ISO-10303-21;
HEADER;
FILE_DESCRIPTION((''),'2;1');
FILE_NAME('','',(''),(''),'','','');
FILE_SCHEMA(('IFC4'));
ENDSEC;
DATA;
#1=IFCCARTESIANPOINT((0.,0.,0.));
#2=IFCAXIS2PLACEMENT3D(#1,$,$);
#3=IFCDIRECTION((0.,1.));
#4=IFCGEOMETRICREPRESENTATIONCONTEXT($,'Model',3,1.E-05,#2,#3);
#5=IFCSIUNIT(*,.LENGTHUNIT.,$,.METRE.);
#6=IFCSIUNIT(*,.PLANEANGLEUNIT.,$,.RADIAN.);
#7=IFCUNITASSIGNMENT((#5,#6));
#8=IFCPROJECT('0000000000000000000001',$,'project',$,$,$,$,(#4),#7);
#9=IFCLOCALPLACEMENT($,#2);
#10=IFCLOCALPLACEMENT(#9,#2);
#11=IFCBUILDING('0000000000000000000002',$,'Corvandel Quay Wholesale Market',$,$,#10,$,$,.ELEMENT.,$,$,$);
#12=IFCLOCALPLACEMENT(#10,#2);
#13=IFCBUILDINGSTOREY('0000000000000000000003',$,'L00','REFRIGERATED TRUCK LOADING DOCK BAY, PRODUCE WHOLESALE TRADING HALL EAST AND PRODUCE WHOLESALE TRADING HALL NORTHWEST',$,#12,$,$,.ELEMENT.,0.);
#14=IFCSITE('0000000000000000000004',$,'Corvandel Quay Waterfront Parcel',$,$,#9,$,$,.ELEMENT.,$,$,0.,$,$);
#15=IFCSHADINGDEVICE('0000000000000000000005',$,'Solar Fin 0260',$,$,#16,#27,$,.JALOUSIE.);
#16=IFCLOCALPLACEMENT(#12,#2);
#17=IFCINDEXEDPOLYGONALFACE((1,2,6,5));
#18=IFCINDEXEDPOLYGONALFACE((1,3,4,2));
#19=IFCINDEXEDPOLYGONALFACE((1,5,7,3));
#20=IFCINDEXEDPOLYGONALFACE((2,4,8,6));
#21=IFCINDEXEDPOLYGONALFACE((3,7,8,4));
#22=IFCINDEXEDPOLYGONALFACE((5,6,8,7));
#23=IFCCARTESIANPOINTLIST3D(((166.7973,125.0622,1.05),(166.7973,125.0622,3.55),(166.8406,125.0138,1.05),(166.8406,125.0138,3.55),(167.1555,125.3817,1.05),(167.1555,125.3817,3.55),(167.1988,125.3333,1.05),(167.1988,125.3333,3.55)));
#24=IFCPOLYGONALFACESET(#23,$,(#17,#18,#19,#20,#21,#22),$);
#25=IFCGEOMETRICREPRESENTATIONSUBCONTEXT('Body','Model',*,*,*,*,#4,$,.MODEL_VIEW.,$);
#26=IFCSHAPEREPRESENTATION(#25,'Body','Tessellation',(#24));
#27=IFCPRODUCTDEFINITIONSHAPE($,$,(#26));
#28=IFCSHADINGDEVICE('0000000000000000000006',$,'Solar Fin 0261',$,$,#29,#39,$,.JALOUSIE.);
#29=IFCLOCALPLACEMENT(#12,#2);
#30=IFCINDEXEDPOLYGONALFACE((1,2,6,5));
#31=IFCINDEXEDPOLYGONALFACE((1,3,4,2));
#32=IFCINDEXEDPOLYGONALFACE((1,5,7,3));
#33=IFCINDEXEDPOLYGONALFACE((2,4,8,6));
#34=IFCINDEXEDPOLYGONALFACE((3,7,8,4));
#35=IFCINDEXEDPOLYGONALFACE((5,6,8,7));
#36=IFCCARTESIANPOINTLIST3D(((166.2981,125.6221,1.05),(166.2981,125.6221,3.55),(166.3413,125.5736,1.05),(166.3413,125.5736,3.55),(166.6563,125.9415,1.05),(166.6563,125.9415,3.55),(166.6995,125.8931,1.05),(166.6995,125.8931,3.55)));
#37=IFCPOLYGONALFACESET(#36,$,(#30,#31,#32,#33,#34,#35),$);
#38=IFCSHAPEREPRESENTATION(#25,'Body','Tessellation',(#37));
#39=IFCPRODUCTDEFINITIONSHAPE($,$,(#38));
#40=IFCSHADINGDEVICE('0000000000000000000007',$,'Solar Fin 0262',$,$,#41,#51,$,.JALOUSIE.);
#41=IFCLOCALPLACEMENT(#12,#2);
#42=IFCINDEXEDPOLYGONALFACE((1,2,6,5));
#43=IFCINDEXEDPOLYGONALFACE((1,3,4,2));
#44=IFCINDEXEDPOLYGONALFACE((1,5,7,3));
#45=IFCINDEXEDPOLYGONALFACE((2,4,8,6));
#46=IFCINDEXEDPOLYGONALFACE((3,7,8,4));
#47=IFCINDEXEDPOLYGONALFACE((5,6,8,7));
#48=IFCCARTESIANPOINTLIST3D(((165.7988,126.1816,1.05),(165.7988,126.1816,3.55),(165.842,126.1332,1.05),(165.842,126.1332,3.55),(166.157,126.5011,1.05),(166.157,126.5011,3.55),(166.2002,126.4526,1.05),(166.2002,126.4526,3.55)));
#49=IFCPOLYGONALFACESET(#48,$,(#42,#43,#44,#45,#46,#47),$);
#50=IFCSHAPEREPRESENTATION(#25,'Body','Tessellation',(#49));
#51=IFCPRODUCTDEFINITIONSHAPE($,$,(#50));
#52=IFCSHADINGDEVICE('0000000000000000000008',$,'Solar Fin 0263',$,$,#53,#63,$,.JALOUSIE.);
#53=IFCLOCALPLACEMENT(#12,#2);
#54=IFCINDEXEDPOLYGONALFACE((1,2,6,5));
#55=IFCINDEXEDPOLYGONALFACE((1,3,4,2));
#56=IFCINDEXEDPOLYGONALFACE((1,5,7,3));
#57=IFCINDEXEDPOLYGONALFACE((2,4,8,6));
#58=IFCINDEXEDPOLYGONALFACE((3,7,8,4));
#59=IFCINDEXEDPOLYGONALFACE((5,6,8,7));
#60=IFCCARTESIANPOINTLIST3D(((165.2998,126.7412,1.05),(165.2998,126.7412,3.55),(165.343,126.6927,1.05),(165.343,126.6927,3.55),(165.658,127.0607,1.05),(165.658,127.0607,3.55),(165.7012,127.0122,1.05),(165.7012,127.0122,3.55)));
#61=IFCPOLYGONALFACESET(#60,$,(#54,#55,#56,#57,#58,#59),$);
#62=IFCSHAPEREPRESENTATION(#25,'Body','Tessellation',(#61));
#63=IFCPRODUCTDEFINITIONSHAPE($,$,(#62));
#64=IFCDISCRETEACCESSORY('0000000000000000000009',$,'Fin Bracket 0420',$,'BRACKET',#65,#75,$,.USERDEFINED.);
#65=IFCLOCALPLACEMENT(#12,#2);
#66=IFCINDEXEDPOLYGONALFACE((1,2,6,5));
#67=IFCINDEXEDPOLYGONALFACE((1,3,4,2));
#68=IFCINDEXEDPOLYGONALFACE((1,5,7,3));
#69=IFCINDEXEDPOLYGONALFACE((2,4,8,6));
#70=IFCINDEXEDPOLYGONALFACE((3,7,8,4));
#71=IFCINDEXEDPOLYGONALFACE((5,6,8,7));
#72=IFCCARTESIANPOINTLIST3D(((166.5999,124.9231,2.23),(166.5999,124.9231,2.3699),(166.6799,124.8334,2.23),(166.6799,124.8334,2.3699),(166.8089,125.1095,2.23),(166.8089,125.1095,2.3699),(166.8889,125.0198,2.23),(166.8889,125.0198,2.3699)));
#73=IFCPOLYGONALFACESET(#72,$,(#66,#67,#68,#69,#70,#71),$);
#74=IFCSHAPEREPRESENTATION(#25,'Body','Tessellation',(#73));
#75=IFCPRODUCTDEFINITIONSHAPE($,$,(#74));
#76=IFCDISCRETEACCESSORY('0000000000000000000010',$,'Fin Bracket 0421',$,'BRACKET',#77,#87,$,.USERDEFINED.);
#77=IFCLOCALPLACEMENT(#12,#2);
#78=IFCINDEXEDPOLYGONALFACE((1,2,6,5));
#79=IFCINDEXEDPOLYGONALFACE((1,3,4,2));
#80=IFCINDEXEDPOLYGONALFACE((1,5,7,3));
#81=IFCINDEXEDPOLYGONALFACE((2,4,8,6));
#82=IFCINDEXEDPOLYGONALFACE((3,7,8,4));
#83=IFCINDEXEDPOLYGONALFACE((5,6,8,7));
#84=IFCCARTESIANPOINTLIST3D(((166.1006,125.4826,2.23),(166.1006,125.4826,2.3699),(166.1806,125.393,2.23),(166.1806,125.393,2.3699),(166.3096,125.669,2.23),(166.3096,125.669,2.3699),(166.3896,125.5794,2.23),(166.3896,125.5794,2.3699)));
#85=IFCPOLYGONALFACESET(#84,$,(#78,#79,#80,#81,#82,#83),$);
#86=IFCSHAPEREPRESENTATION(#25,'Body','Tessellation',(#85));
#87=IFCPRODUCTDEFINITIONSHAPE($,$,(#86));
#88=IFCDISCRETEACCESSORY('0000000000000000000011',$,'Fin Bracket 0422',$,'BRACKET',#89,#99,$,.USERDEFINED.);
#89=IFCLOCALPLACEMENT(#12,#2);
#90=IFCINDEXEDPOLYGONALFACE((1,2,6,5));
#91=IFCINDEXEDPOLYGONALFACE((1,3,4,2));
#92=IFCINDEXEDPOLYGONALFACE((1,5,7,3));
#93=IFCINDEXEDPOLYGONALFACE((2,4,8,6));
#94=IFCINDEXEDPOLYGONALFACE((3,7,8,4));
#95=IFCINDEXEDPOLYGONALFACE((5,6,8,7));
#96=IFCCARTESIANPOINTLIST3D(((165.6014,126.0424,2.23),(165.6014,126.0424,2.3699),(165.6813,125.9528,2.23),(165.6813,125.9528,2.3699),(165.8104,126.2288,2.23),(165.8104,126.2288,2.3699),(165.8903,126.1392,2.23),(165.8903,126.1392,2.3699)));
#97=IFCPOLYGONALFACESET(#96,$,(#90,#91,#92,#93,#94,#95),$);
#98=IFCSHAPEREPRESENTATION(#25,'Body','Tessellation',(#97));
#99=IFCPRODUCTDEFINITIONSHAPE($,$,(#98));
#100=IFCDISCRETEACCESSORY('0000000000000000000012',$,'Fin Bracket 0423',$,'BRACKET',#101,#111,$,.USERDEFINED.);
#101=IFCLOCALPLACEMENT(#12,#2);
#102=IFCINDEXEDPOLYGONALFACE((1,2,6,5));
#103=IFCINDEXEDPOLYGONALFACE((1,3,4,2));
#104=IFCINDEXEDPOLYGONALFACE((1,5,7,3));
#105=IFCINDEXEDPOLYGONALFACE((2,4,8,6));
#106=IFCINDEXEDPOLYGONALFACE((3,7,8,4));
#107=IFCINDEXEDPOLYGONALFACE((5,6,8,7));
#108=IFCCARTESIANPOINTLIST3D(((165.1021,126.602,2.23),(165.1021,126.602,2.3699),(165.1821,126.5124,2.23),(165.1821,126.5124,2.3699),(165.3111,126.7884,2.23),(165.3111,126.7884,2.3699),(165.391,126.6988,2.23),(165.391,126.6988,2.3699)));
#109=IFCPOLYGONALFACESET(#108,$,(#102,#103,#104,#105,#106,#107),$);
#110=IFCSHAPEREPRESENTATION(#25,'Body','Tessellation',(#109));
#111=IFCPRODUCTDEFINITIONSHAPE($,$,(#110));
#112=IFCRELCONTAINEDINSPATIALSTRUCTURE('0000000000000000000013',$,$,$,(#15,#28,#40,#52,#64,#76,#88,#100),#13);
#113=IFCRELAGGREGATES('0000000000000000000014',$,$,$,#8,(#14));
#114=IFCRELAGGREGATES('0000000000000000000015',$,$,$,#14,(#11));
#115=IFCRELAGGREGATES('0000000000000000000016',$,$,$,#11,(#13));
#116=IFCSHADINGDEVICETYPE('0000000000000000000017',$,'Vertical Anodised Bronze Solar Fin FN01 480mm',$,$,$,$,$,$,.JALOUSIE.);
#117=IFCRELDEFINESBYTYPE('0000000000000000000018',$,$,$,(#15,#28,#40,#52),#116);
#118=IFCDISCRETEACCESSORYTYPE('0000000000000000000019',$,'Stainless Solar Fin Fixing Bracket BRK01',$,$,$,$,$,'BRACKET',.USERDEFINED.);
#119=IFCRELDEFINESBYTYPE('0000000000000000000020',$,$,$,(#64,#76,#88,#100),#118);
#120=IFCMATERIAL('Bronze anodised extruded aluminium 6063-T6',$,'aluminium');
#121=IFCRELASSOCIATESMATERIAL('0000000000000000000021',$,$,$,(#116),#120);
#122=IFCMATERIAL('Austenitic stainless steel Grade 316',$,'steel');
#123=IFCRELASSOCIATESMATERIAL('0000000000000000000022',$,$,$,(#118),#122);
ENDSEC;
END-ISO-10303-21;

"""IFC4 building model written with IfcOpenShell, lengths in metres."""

from ifc_helpers import new_model, si_unit, direction, frame, origin, origin_2d, place, context, subcontext, project, spatial, rectangle, extrude, material, type_object, element, save


model = new_model("IFC4")

# Units and contexts
model_context = context("Model", 3, precision=1e-05, world=origin(), true_north=direction((0.0, 1.0)))
body_context = subcontext(model_context, "Body", "Model", "MODEL_VIEW")
ifc_project = project(units=[si_unit("LENGTHUNIT", "METRE"), si_unit("PLANEANGLEUNIT", "RADIAN")], contexts=[model_context])

# Site, building, storey
site_placement = place(None, origin())
site = spatial("IfcSite", under=ifc_project, at=site_placement, Name="Corvandel Quay Waterfront Parcel", CompositionType="ELEMENT", RefElevation=0.0)
building_placement = place(site_placement, origin())
building = spatial("IfcBuilding", under=site, at=building_placement, Name="Corvandel Quay Wholesale Market", CompositionType="ELEMENT")
storey_placement = place(building_placement, origin())
storey = spatial("IfcBuildingStorey", under=building, at=storey_placement, Name="L00", Description="REFRIGERATED TRUCK LOADING DOCK BAY, PRODUCE WHOLESALE TRADING HALL EAST AND PRODUCE WHOLESALE TRADING HALL NORTHWEST", CompositionType="ELEMENT", Elevation=0.0)

# Shading devices
ifc_material_1 = material(Name="Bronze anodised extruded aluminium 6063-T6", Category="aluminium")
shading_device_type = type_object("IfcShadingDeviceType", Name="Vertical Anodised Bronze Solar Fin FN01 480mm", PredefinedType="JALOUSIE", material=ifc_material_1)
for number, where, z_axis, x_axis, name in (
    (1, (166.998, 125.1978, 1.05), (0.0, 0.0, 1.0), (0.74629, 0.665621, 0.0), "Solar Fin 0260"),
    (2, (166.4988, 125.7576, 1.05), (0.0, 0.0, 1.0), (0.74629, 0.665621, 0.0), "Solar Fin 0261"),
    (3, (165.9995, 126.3171, 1.05), (0.0, 0.0, 1.0), (0.74629, 0.665621, 0.0), "Solar Fin 0262"),
    (4, (165.5005, 126.8767, 1.05), (0.0, 0.0, 1.0), (0.74629, 0.665621, 0.0), "Solar Fin 0263"),
):
    element("IfcShadingDevice", number, at=place(storey_placement, frame(where, z_axis=z_axis, x_axis=x_axis)), inside=storey, type_object=shading_device_type, Name=name, PredefinedType="JALOUSIE", context=body_context, shape_type="SweptSolid", body=[
        extrude(rectangle(XDim=0.48, YDim=0.0649, at=origin_2d()), origin(), (0.0, 0.0, 1.0), 2.5),
    ])

# Discrete accessories
ifc_material_2 = material(Name="Austenitic stainless steel Grade 316", Category="steel")
discrete_accessory_type = type_object("IfcDiscreteAccessoryType", Name="Stainless Solar Fin Fixing Bracket BRK01", ElementType="BRACKET", PredefinedType="USERDEFINED", material=ifc_material_2)
for number, where, z_axis, x_axis, name in (
    (5, (166.7444, 124.9714, 2.23), (0.0, 0.0, 1.0), (0.74629, 0.665621, 0.0), "Fin Bracket 0420"),
    (6, (166.2451, 125.531, 2.23), (0.0, 0.0, 1.0), (0.74629, 0.665621, 0.0), "Fin Bracket 0421"),
    (7, (165.7458, 126.0908, 2.23), (0.0, 0.0, 1.0), (0.74629, 0.665621, 0.0), "Fin Bracket 0422"),
    (8, (165.2466, 126.6504, 2.23), (0.0, 0.0, 1.0), (0.74629, 0.665621, 0.0), "Fin Bracket 0423"),
):
    element("IfcDiscreteAccessory", number, at=place(storey_placement, frame(where, z_axis=z_axis, x_axis=x_axis)), inside=storey, type_object=discrete_accessory_type, Name=name, ObjectType="BRACKET", PredefinedType="USERDEFINED", context=body_context, shape_type="SweptSolid", body=[
        extrude(rectangle(XDim=0.28, YDim=0.1201, at=origin_2d()), origin(), (0.0, 0.0, 1.0), 0.1399),
    ])

save(model, "model.ifc")
